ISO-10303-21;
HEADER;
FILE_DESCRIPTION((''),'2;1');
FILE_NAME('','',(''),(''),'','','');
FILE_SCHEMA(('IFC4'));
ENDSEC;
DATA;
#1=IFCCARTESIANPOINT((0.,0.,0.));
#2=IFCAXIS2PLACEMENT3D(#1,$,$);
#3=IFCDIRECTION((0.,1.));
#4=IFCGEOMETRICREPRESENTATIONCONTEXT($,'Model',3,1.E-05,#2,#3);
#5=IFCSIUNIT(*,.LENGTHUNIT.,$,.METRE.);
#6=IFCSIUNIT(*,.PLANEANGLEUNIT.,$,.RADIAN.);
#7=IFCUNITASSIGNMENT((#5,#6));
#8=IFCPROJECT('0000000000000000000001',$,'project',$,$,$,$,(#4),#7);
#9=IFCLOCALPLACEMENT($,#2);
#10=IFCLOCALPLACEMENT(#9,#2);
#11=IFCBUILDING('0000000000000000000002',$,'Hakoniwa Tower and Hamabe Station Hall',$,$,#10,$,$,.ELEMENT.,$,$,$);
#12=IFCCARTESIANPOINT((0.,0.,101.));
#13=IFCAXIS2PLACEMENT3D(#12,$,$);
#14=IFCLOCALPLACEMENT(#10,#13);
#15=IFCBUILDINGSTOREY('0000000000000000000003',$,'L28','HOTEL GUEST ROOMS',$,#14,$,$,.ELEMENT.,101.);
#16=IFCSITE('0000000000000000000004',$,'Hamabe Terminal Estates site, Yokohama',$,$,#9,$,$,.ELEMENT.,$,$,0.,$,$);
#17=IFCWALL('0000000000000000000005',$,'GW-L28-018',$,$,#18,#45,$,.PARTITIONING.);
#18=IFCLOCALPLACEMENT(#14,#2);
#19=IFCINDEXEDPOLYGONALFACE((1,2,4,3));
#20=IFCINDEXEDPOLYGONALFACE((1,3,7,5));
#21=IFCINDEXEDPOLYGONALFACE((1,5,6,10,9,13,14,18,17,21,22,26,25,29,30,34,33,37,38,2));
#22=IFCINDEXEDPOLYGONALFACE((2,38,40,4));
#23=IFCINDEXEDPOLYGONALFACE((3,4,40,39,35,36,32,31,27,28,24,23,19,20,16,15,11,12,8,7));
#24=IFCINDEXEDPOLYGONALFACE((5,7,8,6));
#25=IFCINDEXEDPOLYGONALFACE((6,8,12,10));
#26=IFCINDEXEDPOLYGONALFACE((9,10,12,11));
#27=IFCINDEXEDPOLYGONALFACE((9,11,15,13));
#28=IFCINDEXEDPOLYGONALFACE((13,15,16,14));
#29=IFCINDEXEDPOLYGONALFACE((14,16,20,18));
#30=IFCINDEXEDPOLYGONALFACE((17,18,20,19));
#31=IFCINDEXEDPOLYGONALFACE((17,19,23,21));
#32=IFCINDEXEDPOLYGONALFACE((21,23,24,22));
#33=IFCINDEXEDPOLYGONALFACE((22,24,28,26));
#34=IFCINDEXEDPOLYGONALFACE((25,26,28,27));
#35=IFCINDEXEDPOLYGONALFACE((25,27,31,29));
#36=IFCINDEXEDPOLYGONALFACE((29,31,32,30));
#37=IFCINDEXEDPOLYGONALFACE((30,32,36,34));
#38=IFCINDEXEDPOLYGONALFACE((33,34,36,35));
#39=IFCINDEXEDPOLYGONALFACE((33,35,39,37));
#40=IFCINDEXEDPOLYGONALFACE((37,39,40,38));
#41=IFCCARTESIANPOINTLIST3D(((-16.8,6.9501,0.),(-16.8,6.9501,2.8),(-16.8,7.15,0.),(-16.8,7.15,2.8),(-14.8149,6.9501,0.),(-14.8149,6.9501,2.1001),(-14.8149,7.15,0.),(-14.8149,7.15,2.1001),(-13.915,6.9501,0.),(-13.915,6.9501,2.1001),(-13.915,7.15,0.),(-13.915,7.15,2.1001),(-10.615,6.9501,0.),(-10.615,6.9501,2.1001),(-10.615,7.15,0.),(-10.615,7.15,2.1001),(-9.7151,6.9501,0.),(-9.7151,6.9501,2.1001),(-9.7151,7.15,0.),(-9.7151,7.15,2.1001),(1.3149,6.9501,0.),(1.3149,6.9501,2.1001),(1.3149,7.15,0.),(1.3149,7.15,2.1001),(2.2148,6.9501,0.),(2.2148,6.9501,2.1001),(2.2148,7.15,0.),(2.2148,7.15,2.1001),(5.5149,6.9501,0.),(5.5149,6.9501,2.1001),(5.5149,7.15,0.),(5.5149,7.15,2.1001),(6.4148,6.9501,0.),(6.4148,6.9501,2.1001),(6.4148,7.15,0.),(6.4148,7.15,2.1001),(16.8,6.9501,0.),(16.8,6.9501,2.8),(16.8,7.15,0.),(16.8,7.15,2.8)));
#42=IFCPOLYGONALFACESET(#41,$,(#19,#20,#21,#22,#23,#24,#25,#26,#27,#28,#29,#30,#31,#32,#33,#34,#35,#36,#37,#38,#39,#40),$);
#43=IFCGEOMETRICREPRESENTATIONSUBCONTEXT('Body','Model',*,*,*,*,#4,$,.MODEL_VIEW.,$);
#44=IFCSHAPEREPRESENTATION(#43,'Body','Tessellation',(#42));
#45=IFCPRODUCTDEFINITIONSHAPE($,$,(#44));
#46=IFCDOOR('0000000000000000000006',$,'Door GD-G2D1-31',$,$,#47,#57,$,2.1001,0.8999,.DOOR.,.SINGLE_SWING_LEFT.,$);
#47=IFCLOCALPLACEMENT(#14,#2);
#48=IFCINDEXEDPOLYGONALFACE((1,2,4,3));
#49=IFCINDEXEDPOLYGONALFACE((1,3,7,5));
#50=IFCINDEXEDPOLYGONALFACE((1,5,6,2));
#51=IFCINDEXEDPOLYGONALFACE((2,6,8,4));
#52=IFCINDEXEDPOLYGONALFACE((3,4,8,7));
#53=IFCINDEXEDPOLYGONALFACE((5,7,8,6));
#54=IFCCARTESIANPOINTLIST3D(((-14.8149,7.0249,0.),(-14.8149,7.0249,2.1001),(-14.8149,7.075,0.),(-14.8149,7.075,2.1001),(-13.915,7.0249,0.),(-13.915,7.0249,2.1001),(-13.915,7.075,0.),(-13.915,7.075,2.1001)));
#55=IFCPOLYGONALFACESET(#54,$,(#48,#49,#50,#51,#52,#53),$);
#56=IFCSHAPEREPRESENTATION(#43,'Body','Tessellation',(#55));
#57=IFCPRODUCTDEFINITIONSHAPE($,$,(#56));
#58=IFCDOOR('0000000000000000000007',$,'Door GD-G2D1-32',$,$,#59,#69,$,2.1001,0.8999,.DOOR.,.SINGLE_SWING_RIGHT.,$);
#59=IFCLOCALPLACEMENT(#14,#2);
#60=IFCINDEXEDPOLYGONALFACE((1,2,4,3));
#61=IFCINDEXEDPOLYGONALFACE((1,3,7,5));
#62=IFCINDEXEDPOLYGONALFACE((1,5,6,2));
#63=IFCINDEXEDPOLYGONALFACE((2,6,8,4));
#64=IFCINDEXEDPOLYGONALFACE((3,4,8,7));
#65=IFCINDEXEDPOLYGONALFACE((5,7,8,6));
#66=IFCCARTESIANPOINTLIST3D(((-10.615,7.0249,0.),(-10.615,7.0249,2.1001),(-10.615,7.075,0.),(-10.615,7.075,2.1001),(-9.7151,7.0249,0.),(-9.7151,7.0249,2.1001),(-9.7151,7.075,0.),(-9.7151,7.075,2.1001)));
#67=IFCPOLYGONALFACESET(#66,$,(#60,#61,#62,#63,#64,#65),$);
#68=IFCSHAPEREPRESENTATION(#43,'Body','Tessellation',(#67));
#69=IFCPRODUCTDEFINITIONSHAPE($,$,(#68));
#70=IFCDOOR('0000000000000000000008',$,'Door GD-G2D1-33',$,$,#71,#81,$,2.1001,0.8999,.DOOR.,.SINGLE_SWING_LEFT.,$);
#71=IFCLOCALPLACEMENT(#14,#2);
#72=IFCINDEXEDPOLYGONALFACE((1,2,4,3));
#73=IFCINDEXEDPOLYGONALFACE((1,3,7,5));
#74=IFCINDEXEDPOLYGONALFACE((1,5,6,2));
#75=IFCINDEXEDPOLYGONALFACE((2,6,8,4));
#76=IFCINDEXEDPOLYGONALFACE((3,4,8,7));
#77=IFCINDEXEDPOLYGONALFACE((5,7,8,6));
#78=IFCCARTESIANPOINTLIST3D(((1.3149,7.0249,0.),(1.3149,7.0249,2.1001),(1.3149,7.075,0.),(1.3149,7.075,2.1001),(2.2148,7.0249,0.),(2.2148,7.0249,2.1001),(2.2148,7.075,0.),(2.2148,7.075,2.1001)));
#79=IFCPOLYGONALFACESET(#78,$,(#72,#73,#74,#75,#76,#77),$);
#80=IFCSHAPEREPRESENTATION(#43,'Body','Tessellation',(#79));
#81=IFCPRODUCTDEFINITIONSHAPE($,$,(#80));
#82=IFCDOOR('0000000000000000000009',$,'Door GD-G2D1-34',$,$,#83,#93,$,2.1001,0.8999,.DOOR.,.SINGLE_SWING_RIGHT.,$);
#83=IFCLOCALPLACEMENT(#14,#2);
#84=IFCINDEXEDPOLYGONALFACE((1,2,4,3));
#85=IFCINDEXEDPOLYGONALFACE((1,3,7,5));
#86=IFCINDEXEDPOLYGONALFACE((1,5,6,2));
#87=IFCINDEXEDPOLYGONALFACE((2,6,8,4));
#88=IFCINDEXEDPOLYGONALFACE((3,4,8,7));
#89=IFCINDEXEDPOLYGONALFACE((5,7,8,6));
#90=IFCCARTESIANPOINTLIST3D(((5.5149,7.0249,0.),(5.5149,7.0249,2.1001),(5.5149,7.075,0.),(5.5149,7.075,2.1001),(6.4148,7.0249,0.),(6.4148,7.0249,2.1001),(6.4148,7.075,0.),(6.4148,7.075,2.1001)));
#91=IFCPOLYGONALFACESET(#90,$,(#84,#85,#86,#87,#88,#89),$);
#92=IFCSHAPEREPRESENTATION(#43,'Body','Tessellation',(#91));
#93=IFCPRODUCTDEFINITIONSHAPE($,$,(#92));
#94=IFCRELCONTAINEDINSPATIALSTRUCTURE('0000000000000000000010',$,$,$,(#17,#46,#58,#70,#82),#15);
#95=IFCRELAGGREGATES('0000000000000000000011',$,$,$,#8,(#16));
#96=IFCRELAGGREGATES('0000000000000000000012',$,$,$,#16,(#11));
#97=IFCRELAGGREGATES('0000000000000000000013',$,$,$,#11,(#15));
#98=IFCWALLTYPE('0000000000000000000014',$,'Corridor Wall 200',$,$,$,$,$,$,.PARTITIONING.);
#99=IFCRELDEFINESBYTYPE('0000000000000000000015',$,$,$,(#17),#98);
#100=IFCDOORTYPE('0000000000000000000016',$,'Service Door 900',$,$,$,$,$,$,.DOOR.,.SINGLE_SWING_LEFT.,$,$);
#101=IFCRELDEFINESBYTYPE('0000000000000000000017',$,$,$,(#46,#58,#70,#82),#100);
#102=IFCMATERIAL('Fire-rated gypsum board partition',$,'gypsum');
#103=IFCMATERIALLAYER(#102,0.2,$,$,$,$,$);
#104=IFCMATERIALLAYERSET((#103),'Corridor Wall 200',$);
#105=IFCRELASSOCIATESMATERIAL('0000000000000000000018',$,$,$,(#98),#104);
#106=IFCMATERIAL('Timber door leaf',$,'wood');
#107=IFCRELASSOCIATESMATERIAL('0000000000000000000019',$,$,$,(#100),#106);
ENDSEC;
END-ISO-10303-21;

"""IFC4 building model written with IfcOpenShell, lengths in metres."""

from ifc_helpers import new_model, si_unit, direction, frame, frame_2d, origin, place, context, subcontext, project, spatial, rectangle, extrude, material, layer, layer_set, type_object, element, fill, save


model = new_model("IFC4")

# Units and contexts
model_context = context("Model", 3, precision=1e-05, world=origin(), true_north=direction((0.0, 1.0)))
body_context = subcontext(model_context, "Body", "Model", "MODEL_VIEW")
ifc_project = project(units=[si_unit("LENGTHUNIT", "METRE"), si_unit("PLANEANGLEUNIT", "RADIAN")], contexts=[model_context])

# Site, building, storey
site_placement = place(None, origin())
site = spatial("IfcSite", under=ifc_project, at=site_placement, Name="Hamabe Terminal Estates site, Yokohama", CompositionType="ELEMENT", RefElevation=0.0)
building_placement = place(site_placement, origin())
building = spatial("IfcBuilding", under=site, at=building_placement, Name="Hakoniwa Tower and Hamabe Station Hall", CompositionType="ELEMENT")
storey_placement = place(building_placement, frame((0.0, 0.0, 101.0)))
storey = spatial("IfcBuildingStorey", under=building, at=storey_placement, Name="L28", Description="HOTEL GUEST ROOMS", CompositionType="ELEMENT", Elevation=101.0)

# Wall, openings, doors
ifc_material_1 = material(Name="Fire-rated gypsum board partition", Category="gypsum")
ifc_layer_1 = layer(ifc_material_1, 0.2)
ifc_layer_set_1 = layer_set([ifc_layer_1], Name="Corridor Wall 200")
wall_type_1 = type_object("IfcWallType", Name="Corridor Wall 200", PredefinedType="PARTITIONING", material=ifc_layer_set_1)
ifc_material_2 = material(Name="Timber door leaf", Category="wood")
door_type_1 = type_object("IfcDoorType", Name="Service Door 900", OperationType="SINGLE_SWING_LEFT", PredefinedType="DOOR", material=ifc_material_2)
wall_1_placement = place(storey_placement, frame((-16.8, 7.05, 0.0), z_axis=(0.0, 0.0, 1.0), x_axis=(1.0, 0.0, 0.0)))
wall_1 = element("IfcWall", 1, at=wall_1_placement, inside=storey, type_object=wall_type_1, Name="GW-L28-018", PredefinedType="PARTITIONING", context=body_context, shape_type="SweptSolid", body=[
    extrude(rectangle(XDim=33.6001, YDim=0.2, at=frame_2d((16.8, 0.0))), origin(), (0.0, 0.0, 1.0), 2.8),
])
opening_1_placement = place(wall_1_placement, frame((1.9851, 0.0, 0.0)))
opening_1 = element("IfcOpeningElement", 2, at=opening_1_placement, cuts=wall_1, PredefinedType="OPENING", context=body_context, shape_type="SweptSolid", body=[
    extrude(rectangle(XDim=0.8999, YDim=2.1001, at=frame_2d((0.45, 1.05))), frame((0.0, 0.1099, 0.0), z_axis=(0.0, -1.0, 0.0), x_axis=(1.0, 0.0, 0.0)), (0.0, 0.0, 1.0), 0.22),
])
opening_2_placement = place(wall_1_placement, frame((6.1851, 0.0, 0.0)))
opening_2 = element("IfcOpeningElement", 3, at=opening_2_placement, cuts=wall_1, PredefinedType="OPENING", context=body_context, shape_type="SweptSolid", body=[
    extrude(rectangle(XDim=0.8999, YDim=2.1001, at=frame_2d((0.45, 1.05))), frame((0.0, 0.1099, 0.0), z_axis=(0.0, -1.0, 0.0), x_axis=(1.0, 0.0, 0.0)), (0.0, 0.0, 1.0), 0.22),
])
opening_3_placement = place(wall_1_placement, frame((18.115, 0.0, 0.0)))
opening_3 = element("IfcOpeningElement", 4, at=opening_3_placement, cuts=wall_1, PredefinedType="OPENING", context=body_context, shape_type="SweptSolid", body=[
    extrude(rectangle(XDim=0.8999, YDim=2.1001, at=frame_2d((0.45, 1.05))), frame((0.0, 0.1099, 0.0), z_axis=(0.0, -1.0, 0.0), x_axis=(1.0, 0.0, 0.0)), (0.0, 0.0, 1.0), 0.22),
])
opening_4_placement = place(wall_1_placement, frame((22.3149, 0.0, 0.0)))
opening_4 = element("IfcOpeningElement", 5, at=opening_4_placement, cuts=wall_1, PredefinedType="OPENING", context=body_context, shape_type="SweptSolid", body=[
    extrude(rectangle(XDim=0.8999, YDim=2.1001, at=frame_2d((0.45, 1.05))), frame((0.0, 0.1099, 0.0), z_axis=(0.0, -1.0, 0.0), x_axis=(1.0, 0.0, 0.0)), (0.0, 0.0, 1.0), 0.22),
])
door_1_placement = place(opening_1_placement, origin())
door_1 = element("IfcDoor", 6, at=door_1_placement, inside=storey, type_object=door_type_1, Name="Door GD-G2D1-31", OperationType="SINGLE_SWING_LEFT", OverallHeight=2.1001, OverallWidth=0.8999, PredefinedType="DOOR", context=body_context, shape_type="SweptSolid", body=[
    extrude(rectangle(XDim=0.8999, YDim=2.1001, at=frame_2d((0.45, 1.05))), frame((0.0, 0.0249, 0.0), z_axis=(0.0, -1.0, 0.0), x_axis=(1.0, 0.0, 0.0)), (0.0, 0.0, 1.0), 0.05),
])
fill(opening_1, door_1)
door_2_placement = place(opening_2_placement, origin())
door_2 = element("IfcDoor", 7, at=door_2_placement, inside=storey, type_object=door_type_1, Name="Door GD-G2D1-32", OperationType="SINGLE_SWING_RIGHT", OverallHeight=2.1001, OverallWidth=0.8999, PredefinedType="DOOR", context=body_context, shape_type="SweptSolid", body=[
    extrude(rectangle(XDim=0.8999, YDim=2.1001, at=frame_2d((0.45, 1.05))), frame((0.0, 0.0249, 0.0), z_axis=(0.0, -1.0, 0.0), x_axis=(1.0, 0.0, 0.0)), (0.0, 0.0, 1.0), 0.05),
])
fill(opening_2, door_2)
door_3_placement = place(opening_3_placement, origin())
door_3 = element("IfcDoor", 8, at=door_3_placement, inside=storey, type_object=door_type_1, Name="Door GD-G2D1-33", OperationType="SINGLE_SWING_LEFT", OverallHeight=2.1001, OverallWidth=0.8999, PredefinedType="DOOR", context=body_context, shape_type="SweptSolid", body=[
    extrude(rectangle(XDim=0.8999, YDim=2.1001, at=frame_2d((0.45, 1.05))), frame((0.0, 0.0249, 0.0), z_axis=(0.0, -1.0, 0.0), x_axis=(1.0, 0.0, 0.0)), (0.0, 0.0, 1.0), 0.05),
])
fill(opening_3, door_3)
door_4_placement = place(opening_4_placement, origin())
door_4 = element("IfcDoor", 9, at=door_4_placement, inside=storey, type_object=door_type_1, Name="Door GD-G2D1-34", OperationType="SINGLE_SWING_RIGHT", OverallHeight=2.1001, OverallWidth=0.8999, PredefinedType="DOOR", context=body_context, shape_type="SweptSolid", body=[
    extrude(rectangle(XDim=0.8999, YDim=2.1001, at=frame_2d((0.45, 1.05))), frame((0.0, 0.0249, 0.0), z_axis=(0.0, -1.0, 0.0), x_axis=(1.0, 0.0, 0.0)), (0.0, 0.0, 1.0), 0.05),
])
fill(opening_4, door_4)

save(model, "model.ifc")
